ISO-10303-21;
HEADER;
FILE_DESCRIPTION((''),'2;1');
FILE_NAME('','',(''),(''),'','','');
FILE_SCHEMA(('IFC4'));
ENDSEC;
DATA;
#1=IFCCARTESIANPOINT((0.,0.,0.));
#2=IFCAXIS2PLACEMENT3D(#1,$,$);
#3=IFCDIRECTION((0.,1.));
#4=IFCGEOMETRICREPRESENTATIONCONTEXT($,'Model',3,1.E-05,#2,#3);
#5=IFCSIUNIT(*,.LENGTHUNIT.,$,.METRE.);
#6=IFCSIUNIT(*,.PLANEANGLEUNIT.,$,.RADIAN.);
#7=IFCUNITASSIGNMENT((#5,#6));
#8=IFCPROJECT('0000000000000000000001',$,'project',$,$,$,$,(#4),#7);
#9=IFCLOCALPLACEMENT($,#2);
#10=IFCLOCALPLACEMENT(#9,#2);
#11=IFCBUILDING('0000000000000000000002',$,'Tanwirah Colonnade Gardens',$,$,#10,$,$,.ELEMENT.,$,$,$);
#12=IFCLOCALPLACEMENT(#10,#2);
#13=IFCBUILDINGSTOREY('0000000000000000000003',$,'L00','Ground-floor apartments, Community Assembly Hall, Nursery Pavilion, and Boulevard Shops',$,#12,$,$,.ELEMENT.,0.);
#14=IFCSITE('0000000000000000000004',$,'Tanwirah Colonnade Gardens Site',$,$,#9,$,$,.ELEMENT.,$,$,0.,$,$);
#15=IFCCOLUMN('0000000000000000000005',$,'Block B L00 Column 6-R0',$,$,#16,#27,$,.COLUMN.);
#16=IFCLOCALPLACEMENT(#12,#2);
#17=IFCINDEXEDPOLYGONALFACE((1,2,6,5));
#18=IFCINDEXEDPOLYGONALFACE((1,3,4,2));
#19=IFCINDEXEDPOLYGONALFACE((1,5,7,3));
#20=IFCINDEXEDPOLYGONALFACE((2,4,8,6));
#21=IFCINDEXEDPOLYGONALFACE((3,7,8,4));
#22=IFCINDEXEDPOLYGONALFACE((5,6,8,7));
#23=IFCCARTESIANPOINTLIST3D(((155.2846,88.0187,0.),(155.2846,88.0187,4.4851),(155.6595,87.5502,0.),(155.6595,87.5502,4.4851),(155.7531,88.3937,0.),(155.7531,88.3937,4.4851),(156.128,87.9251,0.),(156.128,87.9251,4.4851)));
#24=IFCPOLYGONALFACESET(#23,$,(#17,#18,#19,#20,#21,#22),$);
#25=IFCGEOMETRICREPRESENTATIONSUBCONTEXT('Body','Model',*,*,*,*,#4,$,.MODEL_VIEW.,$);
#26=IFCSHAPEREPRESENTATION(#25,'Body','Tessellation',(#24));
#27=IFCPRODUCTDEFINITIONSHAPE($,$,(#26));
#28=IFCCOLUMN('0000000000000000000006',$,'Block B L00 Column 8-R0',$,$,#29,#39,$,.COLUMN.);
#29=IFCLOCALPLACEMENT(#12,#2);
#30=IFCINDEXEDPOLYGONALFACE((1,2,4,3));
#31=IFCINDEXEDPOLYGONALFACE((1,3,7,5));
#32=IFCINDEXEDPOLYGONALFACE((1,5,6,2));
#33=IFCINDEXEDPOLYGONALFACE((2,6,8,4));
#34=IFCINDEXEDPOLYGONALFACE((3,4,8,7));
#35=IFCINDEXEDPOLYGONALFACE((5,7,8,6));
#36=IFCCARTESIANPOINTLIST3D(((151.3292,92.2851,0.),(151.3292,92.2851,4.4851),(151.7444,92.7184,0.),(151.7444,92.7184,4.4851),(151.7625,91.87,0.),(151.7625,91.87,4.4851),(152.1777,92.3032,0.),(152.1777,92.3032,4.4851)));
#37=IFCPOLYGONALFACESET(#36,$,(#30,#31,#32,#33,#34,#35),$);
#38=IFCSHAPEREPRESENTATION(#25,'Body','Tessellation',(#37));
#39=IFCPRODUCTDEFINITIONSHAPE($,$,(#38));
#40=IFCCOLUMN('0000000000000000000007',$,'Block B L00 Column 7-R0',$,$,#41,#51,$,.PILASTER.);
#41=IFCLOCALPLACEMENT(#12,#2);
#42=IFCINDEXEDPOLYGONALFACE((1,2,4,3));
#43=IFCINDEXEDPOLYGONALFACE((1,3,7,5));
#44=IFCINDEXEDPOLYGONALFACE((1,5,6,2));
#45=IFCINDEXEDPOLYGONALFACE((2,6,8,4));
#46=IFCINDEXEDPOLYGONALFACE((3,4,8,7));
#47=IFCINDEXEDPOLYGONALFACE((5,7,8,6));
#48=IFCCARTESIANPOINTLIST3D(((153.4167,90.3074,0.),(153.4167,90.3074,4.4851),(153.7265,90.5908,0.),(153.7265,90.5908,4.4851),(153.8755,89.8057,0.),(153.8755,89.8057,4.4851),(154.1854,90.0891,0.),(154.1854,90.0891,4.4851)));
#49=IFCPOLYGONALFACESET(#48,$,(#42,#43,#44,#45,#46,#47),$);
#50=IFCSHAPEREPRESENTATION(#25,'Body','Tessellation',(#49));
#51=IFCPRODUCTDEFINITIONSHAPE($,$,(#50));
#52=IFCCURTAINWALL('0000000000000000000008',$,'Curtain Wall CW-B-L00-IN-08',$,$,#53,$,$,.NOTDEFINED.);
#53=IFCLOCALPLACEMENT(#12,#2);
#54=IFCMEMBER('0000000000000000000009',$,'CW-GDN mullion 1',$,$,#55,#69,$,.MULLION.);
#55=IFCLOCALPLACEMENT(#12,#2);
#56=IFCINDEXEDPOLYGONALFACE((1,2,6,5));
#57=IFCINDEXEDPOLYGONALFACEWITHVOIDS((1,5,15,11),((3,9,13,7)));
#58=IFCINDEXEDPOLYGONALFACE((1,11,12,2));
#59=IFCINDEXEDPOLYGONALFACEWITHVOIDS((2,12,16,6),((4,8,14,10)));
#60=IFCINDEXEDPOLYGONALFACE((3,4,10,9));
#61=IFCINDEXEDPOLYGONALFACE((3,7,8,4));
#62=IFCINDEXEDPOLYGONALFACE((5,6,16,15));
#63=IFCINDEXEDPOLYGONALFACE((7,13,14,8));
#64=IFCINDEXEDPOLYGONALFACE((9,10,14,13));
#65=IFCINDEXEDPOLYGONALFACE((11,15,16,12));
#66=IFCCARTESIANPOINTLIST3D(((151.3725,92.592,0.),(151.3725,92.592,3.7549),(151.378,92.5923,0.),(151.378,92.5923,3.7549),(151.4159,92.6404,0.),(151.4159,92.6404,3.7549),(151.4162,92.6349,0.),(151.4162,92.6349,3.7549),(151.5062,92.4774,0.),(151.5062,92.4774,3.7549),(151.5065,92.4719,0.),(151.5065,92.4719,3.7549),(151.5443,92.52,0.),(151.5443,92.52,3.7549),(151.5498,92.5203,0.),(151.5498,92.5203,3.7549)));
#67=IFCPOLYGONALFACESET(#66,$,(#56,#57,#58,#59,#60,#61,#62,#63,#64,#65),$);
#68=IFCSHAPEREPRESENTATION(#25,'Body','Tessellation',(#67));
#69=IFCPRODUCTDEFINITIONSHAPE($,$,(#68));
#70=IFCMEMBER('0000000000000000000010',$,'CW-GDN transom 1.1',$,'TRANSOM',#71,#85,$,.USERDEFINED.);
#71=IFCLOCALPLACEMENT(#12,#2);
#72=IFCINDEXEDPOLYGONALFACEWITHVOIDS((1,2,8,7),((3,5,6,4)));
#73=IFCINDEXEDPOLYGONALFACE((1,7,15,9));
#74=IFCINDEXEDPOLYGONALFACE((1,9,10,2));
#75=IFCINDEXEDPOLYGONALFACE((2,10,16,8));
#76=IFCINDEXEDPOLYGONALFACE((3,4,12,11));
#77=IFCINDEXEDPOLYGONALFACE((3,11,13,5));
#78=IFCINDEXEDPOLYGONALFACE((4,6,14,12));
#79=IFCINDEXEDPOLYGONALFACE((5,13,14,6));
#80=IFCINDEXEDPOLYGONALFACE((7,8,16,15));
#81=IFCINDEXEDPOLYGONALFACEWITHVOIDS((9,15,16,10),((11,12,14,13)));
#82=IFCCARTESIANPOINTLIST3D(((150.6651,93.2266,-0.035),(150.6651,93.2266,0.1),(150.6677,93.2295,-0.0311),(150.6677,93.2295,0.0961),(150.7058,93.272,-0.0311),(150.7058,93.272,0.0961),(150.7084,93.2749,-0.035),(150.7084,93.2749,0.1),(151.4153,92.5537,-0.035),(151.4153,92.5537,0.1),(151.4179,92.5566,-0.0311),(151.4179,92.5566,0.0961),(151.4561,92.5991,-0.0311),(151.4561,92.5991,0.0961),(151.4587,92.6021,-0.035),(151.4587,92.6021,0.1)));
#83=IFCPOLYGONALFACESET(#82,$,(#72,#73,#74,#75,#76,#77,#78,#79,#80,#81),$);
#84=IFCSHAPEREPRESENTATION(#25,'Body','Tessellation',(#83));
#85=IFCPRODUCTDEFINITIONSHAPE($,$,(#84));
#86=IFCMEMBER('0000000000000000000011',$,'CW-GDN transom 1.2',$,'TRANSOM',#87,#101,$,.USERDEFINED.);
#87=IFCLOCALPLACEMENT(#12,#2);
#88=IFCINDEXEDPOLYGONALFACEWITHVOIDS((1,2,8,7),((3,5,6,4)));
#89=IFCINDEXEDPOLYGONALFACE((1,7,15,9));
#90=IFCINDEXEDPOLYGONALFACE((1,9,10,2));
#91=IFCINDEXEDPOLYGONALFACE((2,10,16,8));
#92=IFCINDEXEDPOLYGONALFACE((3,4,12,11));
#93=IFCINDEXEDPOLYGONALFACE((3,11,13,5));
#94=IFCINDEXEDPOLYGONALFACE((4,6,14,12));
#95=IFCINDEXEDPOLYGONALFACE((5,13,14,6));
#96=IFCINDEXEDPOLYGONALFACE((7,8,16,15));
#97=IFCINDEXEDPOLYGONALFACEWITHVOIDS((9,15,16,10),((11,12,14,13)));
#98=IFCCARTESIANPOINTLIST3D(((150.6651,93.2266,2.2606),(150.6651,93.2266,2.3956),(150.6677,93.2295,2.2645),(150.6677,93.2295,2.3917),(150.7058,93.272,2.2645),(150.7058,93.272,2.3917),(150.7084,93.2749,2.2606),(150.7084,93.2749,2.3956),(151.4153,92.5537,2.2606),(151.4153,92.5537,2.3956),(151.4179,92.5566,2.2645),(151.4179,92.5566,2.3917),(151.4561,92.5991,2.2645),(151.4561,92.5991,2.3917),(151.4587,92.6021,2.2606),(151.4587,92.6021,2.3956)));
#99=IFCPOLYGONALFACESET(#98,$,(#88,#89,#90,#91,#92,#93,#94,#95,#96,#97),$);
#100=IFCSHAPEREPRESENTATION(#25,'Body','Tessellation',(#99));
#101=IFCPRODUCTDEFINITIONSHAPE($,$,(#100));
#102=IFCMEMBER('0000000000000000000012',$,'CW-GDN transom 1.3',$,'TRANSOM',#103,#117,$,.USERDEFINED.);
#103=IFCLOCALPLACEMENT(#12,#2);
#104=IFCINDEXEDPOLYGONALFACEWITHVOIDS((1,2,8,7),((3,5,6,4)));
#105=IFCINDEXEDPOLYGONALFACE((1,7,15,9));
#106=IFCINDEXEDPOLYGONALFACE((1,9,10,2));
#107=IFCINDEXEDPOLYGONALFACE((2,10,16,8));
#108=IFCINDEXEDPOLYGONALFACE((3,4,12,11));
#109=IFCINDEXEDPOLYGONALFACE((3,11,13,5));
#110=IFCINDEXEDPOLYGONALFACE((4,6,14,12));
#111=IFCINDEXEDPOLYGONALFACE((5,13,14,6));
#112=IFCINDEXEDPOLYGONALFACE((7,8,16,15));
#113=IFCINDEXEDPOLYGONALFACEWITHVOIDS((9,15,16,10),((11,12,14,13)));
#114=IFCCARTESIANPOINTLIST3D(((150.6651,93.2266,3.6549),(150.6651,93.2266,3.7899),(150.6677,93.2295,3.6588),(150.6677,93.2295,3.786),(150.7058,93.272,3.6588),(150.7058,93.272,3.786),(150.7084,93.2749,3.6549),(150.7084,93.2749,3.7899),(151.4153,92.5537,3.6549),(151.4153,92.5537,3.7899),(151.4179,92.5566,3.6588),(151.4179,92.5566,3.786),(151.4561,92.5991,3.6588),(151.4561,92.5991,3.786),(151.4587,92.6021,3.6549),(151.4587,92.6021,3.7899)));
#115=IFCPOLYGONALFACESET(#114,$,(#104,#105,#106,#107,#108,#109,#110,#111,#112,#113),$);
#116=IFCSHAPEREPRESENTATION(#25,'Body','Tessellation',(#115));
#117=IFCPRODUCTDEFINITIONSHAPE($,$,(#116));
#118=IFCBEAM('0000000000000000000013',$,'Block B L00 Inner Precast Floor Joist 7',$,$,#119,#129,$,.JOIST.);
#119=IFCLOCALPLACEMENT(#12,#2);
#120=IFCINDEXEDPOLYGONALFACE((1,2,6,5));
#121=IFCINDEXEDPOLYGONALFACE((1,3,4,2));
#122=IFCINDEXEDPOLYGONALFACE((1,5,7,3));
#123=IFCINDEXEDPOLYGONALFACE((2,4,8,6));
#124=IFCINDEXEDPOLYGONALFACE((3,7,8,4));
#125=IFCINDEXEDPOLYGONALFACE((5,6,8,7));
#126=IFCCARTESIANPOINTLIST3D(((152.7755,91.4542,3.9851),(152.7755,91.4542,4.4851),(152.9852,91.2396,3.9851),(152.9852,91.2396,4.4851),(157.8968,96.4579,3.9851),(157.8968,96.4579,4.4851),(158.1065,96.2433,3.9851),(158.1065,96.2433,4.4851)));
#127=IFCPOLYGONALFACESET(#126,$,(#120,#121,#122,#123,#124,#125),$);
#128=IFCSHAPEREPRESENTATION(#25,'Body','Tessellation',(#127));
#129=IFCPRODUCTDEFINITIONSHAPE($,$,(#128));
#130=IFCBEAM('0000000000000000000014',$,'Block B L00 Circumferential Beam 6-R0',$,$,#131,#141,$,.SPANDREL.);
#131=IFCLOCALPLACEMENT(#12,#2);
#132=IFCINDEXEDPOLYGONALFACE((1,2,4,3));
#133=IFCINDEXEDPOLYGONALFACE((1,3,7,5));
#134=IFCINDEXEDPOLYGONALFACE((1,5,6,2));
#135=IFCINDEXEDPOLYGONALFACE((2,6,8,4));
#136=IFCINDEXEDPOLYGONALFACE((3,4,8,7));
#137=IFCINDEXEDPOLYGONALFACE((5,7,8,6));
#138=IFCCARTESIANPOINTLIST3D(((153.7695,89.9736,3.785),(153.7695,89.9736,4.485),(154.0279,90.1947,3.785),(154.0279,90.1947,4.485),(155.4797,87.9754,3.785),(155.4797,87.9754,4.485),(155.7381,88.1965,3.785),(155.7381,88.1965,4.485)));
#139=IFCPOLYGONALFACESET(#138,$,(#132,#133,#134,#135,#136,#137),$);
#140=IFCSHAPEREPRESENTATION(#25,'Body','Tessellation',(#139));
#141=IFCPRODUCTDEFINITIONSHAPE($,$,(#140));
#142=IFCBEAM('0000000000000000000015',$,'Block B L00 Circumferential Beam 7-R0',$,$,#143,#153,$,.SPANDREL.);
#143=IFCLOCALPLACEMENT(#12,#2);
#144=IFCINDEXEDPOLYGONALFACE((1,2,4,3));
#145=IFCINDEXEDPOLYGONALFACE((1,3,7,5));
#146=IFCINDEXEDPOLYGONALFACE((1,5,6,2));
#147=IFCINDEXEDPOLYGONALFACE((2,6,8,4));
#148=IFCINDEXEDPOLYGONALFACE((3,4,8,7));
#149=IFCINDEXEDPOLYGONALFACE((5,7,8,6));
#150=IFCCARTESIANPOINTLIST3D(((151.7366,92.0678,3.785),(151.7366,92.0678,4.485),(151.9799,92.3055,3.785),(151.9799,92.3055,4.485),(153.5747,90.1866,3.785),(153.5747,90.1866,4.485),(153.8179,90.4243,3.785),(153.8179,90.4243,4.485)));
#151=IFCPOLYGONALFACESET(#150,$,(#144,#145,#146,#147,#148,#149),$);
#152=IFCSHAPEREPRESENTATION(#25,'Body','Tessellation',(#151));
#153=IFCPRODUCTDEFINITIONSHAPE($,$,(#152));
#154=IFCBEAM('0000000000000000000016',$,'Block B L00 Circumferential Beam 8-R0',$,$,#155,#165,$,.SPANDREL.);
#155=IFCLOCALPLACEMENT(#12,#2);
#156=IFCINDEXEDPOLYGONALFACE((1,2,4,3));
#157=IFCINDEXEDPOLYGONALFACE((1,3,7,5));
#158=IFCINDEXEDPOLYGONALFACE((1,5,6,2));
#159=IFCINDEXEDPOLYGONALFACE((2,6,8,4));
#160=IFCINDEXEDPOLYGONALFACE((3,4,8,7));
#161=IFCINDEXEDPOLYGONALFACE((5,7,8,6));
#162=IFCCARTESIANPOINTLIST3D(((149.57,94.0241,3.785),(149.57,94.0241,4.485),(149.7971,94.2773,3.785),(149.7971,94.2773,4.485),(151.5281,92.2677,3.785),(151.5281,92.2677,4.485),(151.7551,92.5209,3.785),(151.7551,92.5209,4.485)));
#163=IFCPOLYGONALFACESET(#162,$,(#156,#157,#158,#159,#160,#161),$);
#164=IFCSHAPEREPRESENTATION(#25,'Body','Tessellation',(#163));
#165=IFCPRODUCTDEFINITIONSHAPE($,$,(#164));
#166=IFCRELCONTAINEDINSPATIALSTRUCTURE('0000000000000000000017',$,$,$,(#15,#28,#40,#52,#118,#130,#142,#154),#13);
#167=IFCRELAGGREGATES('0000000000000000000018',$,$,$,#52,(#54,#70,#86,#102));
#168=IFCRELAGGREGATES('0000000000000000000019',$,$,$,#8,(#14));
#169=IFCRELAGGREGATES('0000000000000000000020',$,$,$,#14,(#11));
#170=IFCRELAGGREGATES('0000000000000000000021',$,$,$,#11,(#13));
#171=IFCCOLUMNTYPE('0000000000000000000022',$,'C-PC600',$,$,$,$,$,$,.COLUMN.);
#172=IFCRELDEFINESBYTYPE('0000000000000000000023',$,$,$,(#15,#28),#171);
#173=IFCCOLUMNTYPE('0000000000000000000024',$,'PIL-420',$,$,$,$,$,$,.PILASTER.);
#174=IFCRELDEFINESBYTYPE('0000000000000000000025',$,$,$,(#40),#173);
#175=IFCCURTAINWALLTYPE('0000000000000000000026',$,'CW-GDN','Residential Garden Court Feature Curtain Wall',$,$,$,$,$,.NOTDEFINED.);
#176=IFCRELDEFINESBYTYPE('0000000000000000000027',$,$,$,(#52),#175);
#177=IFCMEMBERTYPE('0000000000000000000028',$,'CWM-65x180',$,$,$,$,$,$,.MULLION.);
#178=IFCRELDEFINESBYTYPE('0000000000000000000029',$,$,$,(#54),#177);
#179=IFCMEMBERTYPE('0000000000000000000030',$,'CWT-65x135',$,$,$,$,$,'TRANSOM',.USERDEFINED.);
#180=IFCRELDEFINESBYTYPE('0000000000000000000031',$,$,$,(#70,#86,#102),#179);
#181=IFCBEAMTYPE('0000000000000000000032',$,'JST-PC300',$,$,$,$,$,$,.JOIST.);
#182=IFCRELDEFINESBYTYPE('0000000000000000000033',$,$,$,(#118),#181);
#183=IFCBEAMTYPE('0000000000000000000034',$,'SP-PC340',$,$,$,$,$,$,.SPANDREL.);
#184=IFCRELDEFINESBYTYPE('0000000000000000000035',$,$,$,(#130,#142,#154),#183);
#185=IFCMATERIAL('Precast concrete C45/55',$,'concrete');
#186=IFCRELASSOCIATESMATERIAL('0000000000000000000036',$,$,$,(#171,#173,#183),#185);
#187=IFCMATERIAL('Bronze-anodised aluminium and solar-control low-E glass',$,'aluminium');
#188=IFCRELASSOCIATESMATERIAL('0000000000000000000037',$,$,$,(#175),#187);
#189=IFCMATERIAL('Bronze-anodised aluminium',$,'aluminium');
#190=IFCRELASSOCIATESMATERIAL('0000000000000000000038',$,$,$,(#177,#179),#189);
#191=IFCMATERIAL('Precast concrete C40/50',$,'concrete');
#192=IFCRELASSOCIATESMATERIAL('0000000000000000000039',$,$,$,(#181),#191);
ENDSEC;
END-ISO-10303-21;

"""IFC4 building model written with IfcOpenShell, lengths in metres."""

from ifc_helpers import new_model, si_unit, direction, frame, origin, origin_2d, place, context, subcontext, project, spatial, rectangle, hollow_rectangle, extrude, material, material_profile, profile_set, type_object, element, aggregate, save


model = new_model("IFC4")

# Units and contexts
model_context = context("Model", 3, precision=1e-05, world=origin(), true_north=direction((0.0, 1.0)))
body_context = subcontext(model_context, "Body", "Model", "MODEL_VIEW")
ifc_project = project(units=[si_unit("LENGTHUNIT", "METRE"), si_unit("PLANEANGLEUNIT", "RADIAN")], contexts=[model_context])

# Site, building, storey
site_placement = place(None, origin())
site = spatial("IfcSite", under=ifc_project, at=site_placement, Name="Tanwirah Colonnade Gardens Site", CompositionType="ELEMENT", RefElevation=0.0)
building_placement = place(site_placement, origin())
building = spatial("IfcBuilding", under=site, at=building_placement, Name="Tanwirah Colonnade Gardens", CompositionType="ELEMENT")
storey_placement = place(building_placement, origin())
storey = spatial("IfcBuildingStorey", under=building, at=storey_placement, Name="L00", Description="Ground-floor apartments, Community Assembly Hall, Nursery Pavilion, and Boulevard Shops", CompositionType="ELEMENT", Elevation=0.0)

# Columns
ifc_material_1 = material(Name="Precast concrete C45/55", Category="concrete")
ifc_material_profile_1 = material_profile(ifc_material_1, rectangle(XDim=0.6001, YDim=0.6001, at=origin_2d()), Name="PC-COL 600x600")
ifc_profile_set_1 = profile_set([ifc_material_profile_1], Name="Precast concrete C45/55")
column_type_1 = type_object("IfcColumnType", Name="C-PC600", PredefinedType="COLUMN", material=ifc_profile_set_1)
for number, where, z_axis, x_axis, name in (
    (1, (155.7063, 87.9719, 0.0), (0.0, 0.0, 1.0), (0.780794, 0.624789, 0.0), "Block B L00 Column 6-R0"),
    (2, (151.7534, 92.2942, 0.0), (0.0, 0.0, 1.0), (0.691863, 0.722029, 0.0), "Block B L00 Column 8-R0"),
):
    element("IfcColumn", number, at=place(storey_placement, frame(where, z_axis=z_axis, x_axis=x_axis)), inside=storey, type_object=column_type_1, Name=name, PredefinedType="COLUMN", context=body_context, shape_type="SweptSolid", body=[
        extrude(rectangle(XDim=0.6001, YDim=0.6001, at=origin_2d()), origin(), (0.0, 0.0, 1.0), 4.4851),
    ])
ifc_material_profile_2 = material_profile(ifc_material_1, rectangle(XDim=0.4199, YDim=0.6799, at=origin_2d()), Name="PC-PIL 420x680")
ifc_profile_set_2 = profile_set([ifc_material_profile_2], Name="Precast concrete C45/55")
column_type_2 = type_object("IfcColumnType", Name="PIL-420", PredefinedType="PILASTER", material=ifc_profile_set_2)
column_placement = place(storey_placement, frame((153.801, 90.1982, 0.0), z_axis=(0.0, 0.0, 1.0), x_axis=(0.737932, 0.674875, 0.0)))
element("IfcColumn", 3, at=column_placement, inside=storey, type_object=column_type_2, Name="Block B L00 Column 7-R0", PredefinedType="PILASTER", context=body_context, shape_type="SweptSolid", body=[
    extrude(rectangle(XDim=0.4199, YDim=0.6799, at=origin_2d()), origin(), (0.0, 0.0, 1.0), 4.4851),
])

# Curtain wall, members
ifc_material_2 = material(Name="Bronze-anodised aluminium and solar-control low-E glass", Category="aluminium")
curtain_wall_type = type_object("IfcCurtainWallType", Name="CW-GDN", Description="Residential Garden Court Feature Curtain Wall", PredefinedType="NOTDEFINED", material=ifc_material_2)
curtain_wall_placement = place(storey_placement, origin())
curtain_wall = element("IfcCurtainWall", 4, at=curtain_wall_placement, inside=storey, type_object=curtain_wall_type, Name="Curtain Wall CW-B-L00-IN-08", PredefinedType="NOTDEFINED")
ifc_material_3 = material(Name="Bronze-anodised aluminium", Category="aluminium")
ifc_material_profile_3 = material_profile(ifc_material_3, hollow_rectangle(XDim=0.0649, YDim=0.1799, WallThickness=0.0039, at=origin_2d()), Name="CW-MUL 65x180x4")
ifc_profile_set_3 = profile_set([ifc_material_profile_3], Name="Bronze-anodised aluminium")
member_type_1 = type_object("IfcMemberType", Name="CWM-65x180", PredefinedType="MULLION", material=ifc_profile_set_3)
member_1_placement = place(storey_placement, frame((151.4612, 92.5562, 0.0), z_axis=(0.0, 0.0, 1.0), x_axis=(-0.667689, -0.74444, 0.0)))
member_1 = element("IfcMember", 5, at=member_1_placement, type_object=member_type_1, Name="CW-GDN mullion 1", PredefinedType="MULLION", context=body_context, shape_type="SweptSolid", body=[
    extrude(hollow_rectangle(XDim=0.0649, YDim=0.1799, WallThickness=0.0039, at=origin_2d()), origin(), (0.0, 0.0, 1.0), 3.7549),
])
ifc_material_profile_4 = material_profile(ifc_material_3, hollow_rectangle(XDim=0.0649, YDim=0.135, WallThickness=0.0039, at=origin_2d()), Name="CW-TRN 65x135x4")
ifc_profile_set_4 = profile_set([ifc_material_profile_4], Name="Bronze-anodised aluminium")
member_type_2 = type_object("IfcMemberType", Name="CWT-65x135", ElementType="TRANSOM", PredefinedType="USERDEFINED", material=ifc_profile_set_4)
member_2_placement = place(storey_placement, frame((151.437, 92.5779, 0.0325), z_axis=(-0.744461, 0.667665, 0.0), x_axis=(-0.667665, -0.744461, 0.0)))
member_2 = element("IfcMember", 6, at=member_2_placement, type_object=member_type_2, Name="CW-GDN transom 1.1", ObjectType="TRANSOM", PredefinedType="USERDEFINED", context=body_context, shape_type="SweptSolid", body=[
    extrude(hollow_rectangle(XDim=0.0649, YDim=0.135, WallThickness=0.0039, at=origin_2d()), origin(), (0.0, 0.0, 1.0), 1.0078),
])
member_3_placement = place(storey_placement, frame((151.437, 92.5779, 2.3281), z_axis=(-0.744461, 0.667665, 0.0), x_axis=(-0.667665, -0.744461, 0.0)))
member_3 = element("IfcMember", 7, at=member_3_placement, type_object=member_type_2, Name="CW-GDN transom 1.2", ObjectType="TRANSOM", PredefinedType="USERDEFINED", context=body_context, shape_type="SweptSolid", body=[
    extrude(hollow_rectangle(XDim=0.0649, YDim=0.135, WallThickness=0.0039, at=origin_2d()), origin(), (0.0, 0.0, 1.0), 1.0078),
])
member_4_placement = place(storey_placement, frame((151.437, 92.5779, 3.7224), z_axis=(-0.744461, 0.667665, 0.0), x_axis=(-0.667665, -0.744461, 0.0)))
member_4 = element("IfcMember", 8, at=member_4_placement, type_object=member_type_2, Name="CW-GDN transom 1.3", ObjectType="TRANSOM", PredefinedType="USERDEFINED", context=body_context, shape_type="SweptSolid", body=[
    extrude(hollow_rectangle(XDim=0.0649, YDim=0.135, WallThickness=0.0039, at=origin_2d()), origin(), (0.0, 0.0, 1.0), 1.0078),
])
aggregate(curtain_wall, [member_1, member_2, member_3, member_4])

# Beams
ifc_material_4 = material(Name="Precast concrete C40/50", Category="concrete")
ifc_material_profile_5 = material_profile(ifc_material_4, rectangle(XDim=0.3, YDim=0.5, at=origin_2d()), Name="PC-JST 300x500")
ifc_profile_set_5 = profile_set([ifc_material_profile_5], Name="Precast concrete C40/50")
beam_type_1 = type_object("IfcBeamType", Name="JST-PC300", PredefinedType="JOIST", material=ifc_profile_set_5)
beam_1_placement = place(storey_placement, frame((152.8804, 91.3469, 4.2351), z_axis=(0.715277, 0.698841, 0.0), x_axis=(-0.698841, 0.715277, 0.0)))
element("IfcBeam", 9, at=beam_1_placement, inside=storey, type_object=beam_type_1, Name="Block B L00 Inner Precast Floor Joist 7", PredefinedType="JOIST", context=body_context, shape_type="SweptSolid", body=[
    extrude(rectangle(XDim=0.3, YDim=0.5, at=origin_2d()), origin(), (0.0, 0.0, 1.0), 7.1599),
])
ifc_material_profile_6 = material_profile(ifc_material_1, rectangle(XDim=0.3401, YDim=0.7, at=origin_2d()), Name="PC-SP 340x700")
ifc_profile_set_6 = profile_set([ifc_material_profile_6], Name="Precast concrete C45/55")
beam_type_2 = type_object("IfcBeamType", Name="SP-PC340", PredefinedType="SPANDREL", material=ifc_profile_set_6)
for number, where, z_axis, x_axis, name in (
    (10, (155.6089, 88.0859, 4.135), (-0.650218, 0.759748, 0.0), (-0.759748, -0.650218, 0.0), "Block B L00 Circumferential Beam 6-R0"),
    (11, (153.6963, 90.3054, 4.135), (-0.698844, 0.715274, 0.0), (-0.715274, -0.698844, 0.0), "Block B L00 Circumferential Beam 7-R0"),
):
    element("IfcBeam", number, at=place(storey_placement, frame(where, z_axis=z_axis, x_axis=x_axis)), inside=storey, type_object=beam_type_2, Name=name, PredefinedType="SPANDREL", context=body_context, shape_type="SweptSolid", body=[
        extrude(rectangle(XDim=0.3401, YDim=0.7, at=origin_2d()), origin(), (0.0, 0.0, 1.0), 2.6301),
    ])
beam_2_placement = place(storey_placement, frame((151.6416, 92.3943, 4.135), z_axis=(-0.744401, 0.667733, 0.0), x_axis=(-0.667733, -0.744401, 0.0)))
element("IfcBeam", 12, at=beam_2_placement, inside=storey, type_object=beam_type_2, Name="Block B L00 Circumferential Beam 8-R0", PredefinedType="SPANDREL", context=body_context, shape_type="SweptSolid", body=[
    extrude(rectangle(XDim=0.3401, YDim=0.7, at=origin_2d()), origin(), (0.0, 0.0, 1.0), 2.6304),
])

save(model, "model.ifc")
